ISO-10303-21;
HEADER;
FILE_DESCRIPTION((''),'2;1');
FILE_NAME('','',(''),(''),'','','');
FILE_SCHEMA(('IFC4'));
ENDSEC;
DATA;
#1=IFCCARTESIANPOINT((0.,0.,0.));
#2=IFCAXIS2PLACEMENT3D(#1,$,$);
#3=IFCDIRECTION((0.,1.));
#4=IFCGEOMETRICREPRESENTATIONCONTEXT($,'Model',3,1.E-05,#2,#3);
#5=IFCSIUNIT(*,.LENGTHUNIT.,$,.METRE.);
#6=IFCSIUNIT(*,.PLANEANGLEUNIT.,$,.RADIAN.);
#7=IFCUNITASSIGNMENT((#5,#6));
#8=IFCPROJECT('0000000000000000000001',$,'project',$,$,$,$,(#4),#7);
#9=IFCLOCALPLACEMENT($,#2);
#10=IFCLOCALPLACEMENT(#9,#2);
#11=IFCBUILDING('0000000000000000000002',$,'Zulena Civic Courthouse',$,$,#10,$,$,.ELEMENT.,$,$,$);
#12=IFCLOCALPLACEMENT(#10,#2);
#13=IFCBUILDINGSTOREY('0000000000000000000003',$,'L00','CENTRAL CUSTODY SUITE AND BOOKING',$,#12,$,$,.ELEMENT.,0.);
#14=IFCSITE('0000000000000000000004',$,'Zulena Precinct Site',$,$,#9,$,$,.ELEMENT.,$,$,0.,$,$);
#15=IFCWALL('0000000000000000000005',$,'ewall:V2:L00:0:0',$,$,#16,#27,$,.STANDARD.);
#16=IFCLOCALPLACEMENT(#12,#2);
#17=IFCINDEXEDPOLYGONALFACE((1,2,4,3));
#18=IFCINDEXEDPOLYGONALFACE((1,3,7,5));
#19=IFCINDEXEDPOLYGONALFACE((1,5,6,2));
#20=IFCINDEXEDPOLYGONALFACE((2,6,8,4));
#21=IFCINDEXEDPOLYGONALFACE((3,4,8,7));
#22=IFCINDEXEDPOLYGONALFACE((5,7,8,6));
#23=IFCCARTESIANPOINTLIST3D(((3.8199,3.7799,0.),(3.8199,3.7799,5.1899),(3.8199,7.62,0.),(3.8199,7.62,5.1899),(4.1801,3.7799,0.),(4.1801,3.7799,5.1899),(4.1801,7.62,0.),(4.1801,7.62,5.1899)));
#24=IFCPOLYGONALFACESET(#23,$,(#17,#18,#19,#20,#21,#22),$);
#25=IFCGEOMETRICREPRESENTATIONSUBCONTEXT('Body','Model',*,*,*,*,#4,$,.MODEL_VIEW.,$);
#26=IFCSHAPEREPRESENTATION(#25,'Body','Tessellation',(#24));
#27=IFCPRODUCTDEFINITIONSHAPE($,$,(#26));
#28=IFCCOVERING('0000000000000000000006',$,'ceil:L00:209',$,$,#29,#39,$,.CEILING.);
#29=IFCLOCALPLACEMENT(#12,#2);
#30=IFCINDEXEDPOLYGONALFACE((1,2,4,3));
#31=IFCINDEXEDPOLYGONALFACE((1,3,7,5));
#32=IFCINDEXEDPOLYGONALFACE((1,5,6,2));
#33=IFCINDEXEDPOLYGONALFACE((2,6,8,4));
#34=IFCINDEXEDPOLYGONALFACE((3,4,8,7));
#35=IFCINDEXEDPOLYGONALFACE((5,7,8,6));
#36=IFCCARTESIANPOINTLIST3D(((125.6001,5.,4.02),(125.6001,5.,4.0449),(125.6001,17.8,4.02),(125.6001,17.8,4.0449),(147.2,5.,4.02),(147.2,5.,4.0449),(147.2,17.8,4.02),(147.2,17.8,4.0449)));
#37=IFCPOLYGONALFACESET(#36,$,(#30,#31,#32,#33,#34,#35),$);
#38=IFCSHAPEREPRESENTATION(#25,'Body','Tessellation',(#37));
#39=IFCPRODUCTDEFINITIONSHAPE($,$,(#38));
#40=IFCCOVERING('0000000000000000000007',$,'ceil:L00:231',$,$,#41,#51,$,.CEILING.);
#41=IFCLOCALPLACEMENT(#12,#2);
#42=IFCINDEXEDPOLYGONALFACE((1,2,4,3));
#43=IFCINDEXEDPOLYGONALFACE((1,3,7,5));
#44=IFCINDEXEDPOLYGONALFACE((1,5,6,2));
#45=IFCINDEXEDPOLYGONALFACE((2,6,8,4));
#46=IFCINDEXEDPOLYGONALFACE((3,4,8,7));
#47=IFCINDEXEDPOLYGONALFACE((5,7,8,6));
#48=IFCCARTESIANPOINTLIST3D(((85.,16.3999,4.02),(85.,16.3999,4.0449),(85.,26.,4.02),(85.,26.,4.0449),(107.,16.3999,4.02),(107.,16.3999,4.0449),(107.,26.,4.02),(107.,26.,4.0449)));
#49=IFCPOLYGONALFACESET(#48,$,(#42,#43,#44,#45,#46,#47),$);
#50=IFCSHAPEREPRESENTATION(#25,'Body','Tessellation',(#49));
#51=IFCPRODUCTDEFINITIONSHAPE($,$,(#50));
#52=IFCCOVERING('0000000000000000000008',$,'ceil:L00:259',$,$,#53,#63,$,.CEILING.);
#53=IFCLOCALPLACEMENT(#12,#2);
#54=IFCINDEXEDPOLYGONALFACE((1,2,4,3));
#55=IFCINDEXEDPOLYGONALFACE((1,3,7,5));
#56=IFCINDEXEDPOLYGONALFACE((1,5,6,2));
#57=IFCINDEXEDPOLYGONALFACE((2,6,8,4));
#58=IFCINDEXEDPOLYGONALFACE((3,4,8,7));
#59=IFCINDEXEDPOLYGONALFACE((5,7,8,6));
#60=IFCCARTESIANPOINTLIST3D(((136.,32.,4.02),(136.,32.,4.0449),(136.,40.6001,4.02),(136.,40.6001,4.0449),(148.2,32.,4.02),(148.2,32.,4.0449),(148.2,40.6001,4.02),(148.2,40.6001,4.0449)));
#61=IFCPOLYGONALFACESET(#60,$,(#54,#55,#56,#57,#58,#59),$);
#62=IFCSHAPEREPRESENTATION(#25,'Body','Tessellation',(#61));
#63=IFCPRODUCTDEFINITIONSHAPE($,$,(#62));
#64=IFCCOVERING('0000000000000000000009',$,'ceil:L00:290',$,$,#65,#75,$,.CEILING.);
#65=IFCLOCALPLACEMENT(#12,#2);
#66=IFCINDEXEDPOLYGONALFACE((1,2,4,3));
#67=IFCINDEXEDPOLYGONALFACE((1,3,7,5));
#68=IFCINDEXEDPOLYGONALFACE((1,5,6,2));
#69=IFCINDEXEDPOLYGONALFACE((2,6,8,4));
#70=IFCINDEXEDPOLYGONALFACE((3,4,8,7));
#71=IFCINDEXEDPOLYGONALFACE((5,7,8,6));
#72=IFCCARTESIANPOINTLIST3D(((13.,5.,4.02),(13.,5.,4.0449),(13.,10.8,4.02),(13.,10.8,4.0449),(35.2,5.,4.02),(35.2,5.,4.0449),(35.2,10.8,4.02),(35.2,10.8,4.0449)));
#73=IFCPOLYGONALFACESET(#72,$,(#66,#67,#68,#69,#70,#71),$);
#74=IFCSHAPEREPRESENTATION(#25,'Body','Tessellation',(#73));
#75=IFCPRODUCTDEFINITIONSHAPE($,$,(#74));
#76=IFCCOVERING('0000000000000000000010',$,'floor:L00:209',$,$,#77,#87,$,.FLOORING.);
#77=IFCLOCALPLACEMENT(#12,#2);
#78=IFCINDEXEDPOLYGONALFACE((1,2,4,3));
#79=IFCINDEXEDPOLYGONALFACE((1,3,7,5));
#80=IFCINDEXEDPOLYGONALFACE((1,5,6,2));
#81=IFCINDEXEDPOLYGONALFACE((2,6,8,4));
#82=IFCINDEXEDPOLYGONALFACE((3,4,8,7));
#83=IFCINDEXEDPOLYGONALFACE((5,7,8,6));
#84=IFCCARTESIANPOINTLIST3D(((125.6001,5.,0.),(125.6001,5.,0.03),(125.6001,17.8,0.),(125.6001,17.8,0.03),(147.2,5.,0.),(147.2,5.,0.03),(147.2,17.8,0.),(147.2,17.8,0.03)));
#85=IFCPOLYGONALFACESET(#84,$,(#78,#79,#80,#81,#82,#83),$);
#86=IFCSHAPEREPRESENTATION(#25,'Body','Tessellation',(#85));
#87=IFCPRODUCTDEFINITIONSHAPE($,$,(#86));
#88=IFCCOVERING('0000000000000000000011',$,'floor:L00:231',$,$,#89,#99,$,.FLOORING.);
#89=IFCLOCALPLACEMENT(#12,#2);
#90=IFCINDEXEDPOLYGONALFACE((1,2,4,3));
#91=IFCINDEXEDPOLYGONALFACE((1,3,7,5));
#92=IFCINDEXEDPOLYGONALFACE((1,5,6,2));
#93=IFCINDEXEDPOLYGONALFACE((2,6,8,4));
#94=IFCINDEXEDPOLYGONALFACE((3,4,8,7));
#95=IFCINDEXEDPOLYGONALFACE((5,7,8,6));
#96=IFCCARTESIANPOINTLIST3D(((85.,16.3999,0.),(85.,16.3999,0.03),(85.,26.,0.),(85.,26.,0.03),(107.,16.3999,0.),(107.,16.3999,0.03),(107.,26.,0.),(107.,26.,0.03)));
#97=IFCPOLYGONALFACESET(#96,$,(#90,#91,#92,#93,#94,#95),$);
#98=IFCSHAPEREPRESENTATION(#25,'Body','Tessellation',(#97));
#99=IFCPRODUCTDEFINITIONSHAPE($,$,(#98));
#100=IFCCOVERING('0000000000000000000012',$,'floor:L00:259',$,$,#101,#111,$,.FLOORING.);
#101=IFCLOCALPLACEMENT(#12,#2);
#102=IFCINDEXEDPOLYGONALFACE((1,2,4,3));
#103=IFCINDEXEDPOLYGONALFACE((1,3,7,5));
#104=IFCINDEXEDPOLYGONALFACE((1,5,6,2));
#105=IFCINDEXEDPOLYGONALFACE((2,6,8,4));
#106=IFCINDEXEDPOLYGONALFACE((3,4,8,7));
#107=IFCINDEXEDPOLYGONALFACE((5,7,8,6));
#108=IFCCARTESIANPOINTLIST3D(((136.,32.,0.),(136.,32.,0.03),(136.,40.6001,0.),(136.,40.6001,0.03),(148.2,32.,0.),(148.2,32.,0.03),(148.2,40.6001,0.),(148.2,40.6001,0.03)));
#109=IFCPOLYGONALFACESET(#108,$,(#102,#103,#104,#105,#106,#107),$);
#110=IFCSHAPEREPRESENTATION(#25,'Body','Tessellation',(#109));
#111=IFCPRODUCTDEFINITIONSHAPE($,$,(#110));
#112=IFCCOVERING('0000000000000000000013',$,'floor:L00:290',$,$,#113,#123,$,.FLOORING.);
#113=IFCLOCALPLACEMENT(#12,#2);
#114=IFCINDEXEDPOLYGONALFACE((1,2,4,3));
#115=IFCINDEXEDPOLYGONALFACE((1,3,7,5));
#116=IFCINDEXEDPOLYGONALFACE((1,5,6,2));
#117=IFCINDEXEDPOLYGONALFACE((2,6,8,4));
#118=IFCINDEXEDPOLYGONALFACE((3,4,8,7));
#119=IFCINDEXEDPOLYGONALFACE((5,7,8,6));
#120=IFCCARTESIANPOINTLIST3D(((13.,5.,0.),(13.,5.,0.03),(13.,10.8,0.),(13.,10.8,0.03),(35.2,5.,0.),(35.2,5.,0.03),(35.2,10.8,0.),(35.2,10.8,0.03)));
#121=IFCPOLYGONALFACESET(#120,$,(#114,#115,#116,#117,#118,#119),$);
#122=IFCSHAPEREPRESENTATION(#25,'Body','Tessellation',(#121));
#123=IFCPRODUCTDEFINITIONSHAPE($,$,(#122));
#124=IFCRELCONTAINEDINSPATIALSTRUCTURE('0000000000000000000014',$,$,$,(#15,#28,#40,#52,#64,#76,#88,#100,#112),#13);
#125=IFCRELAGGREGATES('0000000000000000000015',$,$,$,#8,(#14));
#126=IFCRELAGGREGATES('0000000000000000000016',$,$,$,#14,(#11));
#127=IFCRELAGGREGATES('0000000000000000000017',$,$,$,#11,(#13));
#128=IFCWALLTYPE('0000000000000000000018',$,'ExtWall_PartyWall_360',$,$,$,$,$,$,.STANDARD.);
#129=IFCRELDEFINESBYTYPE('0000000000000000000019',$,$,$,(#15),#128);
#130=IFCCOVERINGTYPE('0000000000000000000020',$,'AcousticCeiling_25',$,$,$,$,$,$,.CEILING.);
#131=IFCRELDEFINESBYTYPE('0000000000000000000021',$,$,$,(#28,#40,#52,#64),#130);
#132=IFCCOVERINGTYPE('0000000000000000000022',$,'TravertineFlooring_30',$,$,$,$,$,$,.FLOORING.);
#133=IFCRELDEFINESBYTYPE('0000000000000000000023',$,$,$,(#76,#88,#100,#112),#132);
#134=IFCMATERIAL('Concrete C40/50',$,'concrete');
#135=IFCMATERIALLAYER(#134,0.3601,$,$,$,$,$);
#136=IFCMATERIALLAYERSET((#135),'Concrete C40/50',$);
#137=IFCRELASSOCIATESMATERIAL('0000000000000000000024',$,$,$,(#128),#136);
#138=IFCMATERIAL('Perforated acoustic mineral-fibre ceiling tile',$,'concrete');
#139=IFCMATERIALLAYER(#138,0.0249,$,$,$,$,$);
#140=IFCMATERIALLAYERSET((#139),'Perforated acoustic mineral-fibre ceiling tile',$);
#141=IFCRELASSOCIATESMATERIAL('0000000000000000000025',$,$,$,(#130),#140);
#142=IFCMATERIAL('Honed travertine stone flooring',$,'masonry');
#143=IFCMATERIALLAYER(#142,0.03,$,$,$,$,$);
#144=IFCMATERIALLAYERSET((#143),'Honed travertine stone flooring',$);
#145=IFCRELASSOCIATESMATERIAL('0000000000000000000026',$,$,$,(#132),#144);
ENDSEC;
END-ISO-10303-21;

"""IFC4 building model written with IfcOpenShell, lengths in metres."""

from ifc_helpers import new_model, si_unit, direction, frame, frame_2d, origin, place, context, subcontext, project, spatial, polyline, rectangle, outline, extrude, material, layer, layer_set, type_object, element, save


model = new_model("IFC4")

# Units and contexts
model_context = context("Model", 3, precision=1e-05, world=origin(), true_north=direction((0.0, 1.0)))
body_context = subcontext(model_context, "Body", "Model", "MODEL_VIEW")
ifc_project = project(units=[si_unit("LENGTHUNIT", "METRE"), si_unit("PLANEANGLEUNIT", "RADIAN")], contexts=[model_context])

# Site, building, storey
site_placement = place(None, origin())
site = spatial("IfcSite", under=ifc_project, at=site_placement, Name="Zulena Precinct Site", CompositionType="ELEMENT", RefElevation=0.0)
building_placement = place(site_placement, origin())
building = spatial("IfcBuilding", under=site, at=building_placement, Name="Zulena Civic Courthouse", CompositionType="ELEMENT")
storey_placement = place(building_placement, origin())
storey = spatial("IfcBuildingStorey", under=building, at=storey_placement, Name="L00", Description="CENTRAL CUSTODY SUITE AND BOOKING", CompositionType="ELEMENT", Elevation=0.0)

# Shared definitions
ifc_material_1 = material(Name="Concrete C40/50", Category="concrete")

# Wall
ifc_layer_1 = layer(ifc_material_1, 0.3601)
ifc_layer_set_1 = layer_set([ifc_layer_1], Name="Concrete C40/50")
wall_type = type_object("IfcWallType", Name="ExtWall_PartyWall_360", PredefinedType="STANDARD", material=ifc_layer_set_1)
wall_placement = place(storey_placement, frame((4.0, 3.78, 0.0), z_axis=(0.0, 0.0, 1.0), x_axis=(0.0, 1.0, 0.0)))
element("IfcWall", 1, at=wall_placement, inside=storey, type_object=wall_type, Name="ewall:V2:L00:0:0", PredefinedType="STANDARD", context=body_context, shape_type="SweptSolid", body=[
    extrude(rectangle(XDim=3.8401, YDim=0.3601, at=frame_2d((1.9199, 0.0))), origin(), (0.0, 0.0, 1.0), 5.1899),
])

# Coverings
ifc_material_2 = material(Name="Perforated acoustic mineral-fibre ceiling tile", Category="concrete")
ifc_layer_2 = layer(ifc_material_2, 0.0249)
ifc_layer_set_2 = layer_set([ifc_layer_2], Name="Perforated acoustic mineral-fibre ceiling tile")
covering_type_1 = type_object("IfcCoveringType", Name="AcousticCeiling_25", PredefinedType="CEILING", material=ifc_layer_set_2)
covering_1_placement = place(storey_placement, frame((0.0, 0.0, 4.02)))
element("IfcCovering", 2, at=covering_1_placement, inside=storey, type_object=covering_type_1, Name="ceil:L00:209", PredefinedType="CEILING", context=body_context, shape_type="SweptSolid", body=[
    extrude(outline(polyline([(125.6001, 5.0), (147.2, 5.0), (147.2, 17.8), (125.6001, 17.8), (125.6001, 5.0)])), origin(), (0.0, 0.0, 1.0), 0.0249),
])
covering_2_placement = place(storey_placement, frame((0.0, 0.0, 4.02)))
element("IfcCovering", 3, at=covering_2_placement, inside=storey, type_object=covering_type_1, Name="ceil:L00:231", PredefinedType="CEILING", context=body_context, shape_type="SweptSolid", body=[
    extrude(outline(polyline([(85.0, 16.3999), (107.0, 16.3999), (107.0, 26.0), (85.0, 26.0), (85.0, 16.3999)])), origin(), (0.0, 0.0, 1.0), 0.0249),
])
covering_3_placement = place(storey_placement, frame((0.0, 0.0, 4.02)))
element("IfcCovering", 4, at=covering_3_placement, inside=storey, type_object=covering_type_1, Name="ceil:L00:259", PredefinedType="CEILING", context=body_context, shape_type="SweptSolid", body=[
    extrude(outline(polyline([(136.0, 32.0), (148.2, 32.0), (148.2, 40.6001), (136.0, 40.6001), (136.0, 32.0)])), origin(), (0.0, 0.0, 1.0), 0.0249),
])
covering_4_placement = place(storey_placement, frame((0.0, 0.0, 4.02)))
element("IfcCovering", 5, at=covering_4_placement, inside=storey, type_object=covering_type_1, Name="ceil:L00:290", PredefinedType="CEILING", context=body_context, shape_type="SweptSolid", body=[
    extrude(outline(polyline([(13.0, 5.0), (35.2, 5.0), (35.2, 10.8), (13.0, 10.8), (13.0, 5.0)])), origin(), (0.0, 0.0, 1.0), 0.0249),
])
ifc_material_3 = material(Name="Honed travertine stone flooring", Category="masonry")
ifc_layer_3 = layer(ifc_material_3, 0.03)
ifc_layer_set_3 = layer_set([ifc_layer_3], Name="Honed travertine stone flooring")
covering_type_2 = type_object("IfcCoveringType", Name="TravertineFlooring_30", PredefinedType="FLOORING", material=ifc_layer_set_3)
covering_5_placement = place(storey_placement, origin())
element("IfcCovering", 6, at=covering_5_placement, inside=storey, type_object=covering_type_2, Name="floor:L00:209", PredefinedType="FLOORING", context=body_context, shape_type="SweptSolid", body=[
    extrude(outline(polyline([(125.6001, 5.0), (147.2, 5.0), (147.2, 17.8), (125.6001, 17.8), (125.6001, 5.0)])), origin(), (0.0, 0.0, 1.0), 0.03),
])
covering_6_placement = place(storey_placement, origin())
element("IfcCovering", 7, at=covering_6_placement, inside=storey, type_object=covering_type_2, Name="floor:L00:231", PredefinedType="FLOORING", context=body_context, shape_type="SweptSolid", body=[
    extrude(outline(polyline([(85.0, 16.3999), (107.0, 16.3999), (107.0, 26.0), (85.0, 26.0), (85.0, 16.3999)])), origin(), (0.0, 0.0, 1.0), 0.03),
])
covering_7_placement = place(storey_placement, origin())
element("IfcCovering", 8, at=covering_7_placement, inside=storey, type_object=covering_type_2, Name="floor:L00:259", PredefinedType="FLOORING", context=body_context, shape_type="SweptSolid", body=[
    extrude(outline(polyline([(136.0, 32.0), (148.2, 32.0), (148.2, 40.6001), (136.0, 40.6001), (136.0, 32.0)])), origin(), (0.0, 0.0, 1.0), 0.03),
])
covering_8_placement = place(storey_placement, origin())
element("IfcCovering", 9, at=covering_8_placement, inside=storey, type_object=covering_type_2, Name="floor:L00:290", PredefinedType="FLOORING", context=body_context, shape_type="SweptSolid", body=[
    extrude(outline(polyline([(13.0, 5.0), (35.2, 5.0), (35.2, 10.8), (13.0, 10.8), (13.0, 5.0)])), origin(), (0.0, 0.0, 1.0), 0.03),
])

save(model, "model.ifc")
